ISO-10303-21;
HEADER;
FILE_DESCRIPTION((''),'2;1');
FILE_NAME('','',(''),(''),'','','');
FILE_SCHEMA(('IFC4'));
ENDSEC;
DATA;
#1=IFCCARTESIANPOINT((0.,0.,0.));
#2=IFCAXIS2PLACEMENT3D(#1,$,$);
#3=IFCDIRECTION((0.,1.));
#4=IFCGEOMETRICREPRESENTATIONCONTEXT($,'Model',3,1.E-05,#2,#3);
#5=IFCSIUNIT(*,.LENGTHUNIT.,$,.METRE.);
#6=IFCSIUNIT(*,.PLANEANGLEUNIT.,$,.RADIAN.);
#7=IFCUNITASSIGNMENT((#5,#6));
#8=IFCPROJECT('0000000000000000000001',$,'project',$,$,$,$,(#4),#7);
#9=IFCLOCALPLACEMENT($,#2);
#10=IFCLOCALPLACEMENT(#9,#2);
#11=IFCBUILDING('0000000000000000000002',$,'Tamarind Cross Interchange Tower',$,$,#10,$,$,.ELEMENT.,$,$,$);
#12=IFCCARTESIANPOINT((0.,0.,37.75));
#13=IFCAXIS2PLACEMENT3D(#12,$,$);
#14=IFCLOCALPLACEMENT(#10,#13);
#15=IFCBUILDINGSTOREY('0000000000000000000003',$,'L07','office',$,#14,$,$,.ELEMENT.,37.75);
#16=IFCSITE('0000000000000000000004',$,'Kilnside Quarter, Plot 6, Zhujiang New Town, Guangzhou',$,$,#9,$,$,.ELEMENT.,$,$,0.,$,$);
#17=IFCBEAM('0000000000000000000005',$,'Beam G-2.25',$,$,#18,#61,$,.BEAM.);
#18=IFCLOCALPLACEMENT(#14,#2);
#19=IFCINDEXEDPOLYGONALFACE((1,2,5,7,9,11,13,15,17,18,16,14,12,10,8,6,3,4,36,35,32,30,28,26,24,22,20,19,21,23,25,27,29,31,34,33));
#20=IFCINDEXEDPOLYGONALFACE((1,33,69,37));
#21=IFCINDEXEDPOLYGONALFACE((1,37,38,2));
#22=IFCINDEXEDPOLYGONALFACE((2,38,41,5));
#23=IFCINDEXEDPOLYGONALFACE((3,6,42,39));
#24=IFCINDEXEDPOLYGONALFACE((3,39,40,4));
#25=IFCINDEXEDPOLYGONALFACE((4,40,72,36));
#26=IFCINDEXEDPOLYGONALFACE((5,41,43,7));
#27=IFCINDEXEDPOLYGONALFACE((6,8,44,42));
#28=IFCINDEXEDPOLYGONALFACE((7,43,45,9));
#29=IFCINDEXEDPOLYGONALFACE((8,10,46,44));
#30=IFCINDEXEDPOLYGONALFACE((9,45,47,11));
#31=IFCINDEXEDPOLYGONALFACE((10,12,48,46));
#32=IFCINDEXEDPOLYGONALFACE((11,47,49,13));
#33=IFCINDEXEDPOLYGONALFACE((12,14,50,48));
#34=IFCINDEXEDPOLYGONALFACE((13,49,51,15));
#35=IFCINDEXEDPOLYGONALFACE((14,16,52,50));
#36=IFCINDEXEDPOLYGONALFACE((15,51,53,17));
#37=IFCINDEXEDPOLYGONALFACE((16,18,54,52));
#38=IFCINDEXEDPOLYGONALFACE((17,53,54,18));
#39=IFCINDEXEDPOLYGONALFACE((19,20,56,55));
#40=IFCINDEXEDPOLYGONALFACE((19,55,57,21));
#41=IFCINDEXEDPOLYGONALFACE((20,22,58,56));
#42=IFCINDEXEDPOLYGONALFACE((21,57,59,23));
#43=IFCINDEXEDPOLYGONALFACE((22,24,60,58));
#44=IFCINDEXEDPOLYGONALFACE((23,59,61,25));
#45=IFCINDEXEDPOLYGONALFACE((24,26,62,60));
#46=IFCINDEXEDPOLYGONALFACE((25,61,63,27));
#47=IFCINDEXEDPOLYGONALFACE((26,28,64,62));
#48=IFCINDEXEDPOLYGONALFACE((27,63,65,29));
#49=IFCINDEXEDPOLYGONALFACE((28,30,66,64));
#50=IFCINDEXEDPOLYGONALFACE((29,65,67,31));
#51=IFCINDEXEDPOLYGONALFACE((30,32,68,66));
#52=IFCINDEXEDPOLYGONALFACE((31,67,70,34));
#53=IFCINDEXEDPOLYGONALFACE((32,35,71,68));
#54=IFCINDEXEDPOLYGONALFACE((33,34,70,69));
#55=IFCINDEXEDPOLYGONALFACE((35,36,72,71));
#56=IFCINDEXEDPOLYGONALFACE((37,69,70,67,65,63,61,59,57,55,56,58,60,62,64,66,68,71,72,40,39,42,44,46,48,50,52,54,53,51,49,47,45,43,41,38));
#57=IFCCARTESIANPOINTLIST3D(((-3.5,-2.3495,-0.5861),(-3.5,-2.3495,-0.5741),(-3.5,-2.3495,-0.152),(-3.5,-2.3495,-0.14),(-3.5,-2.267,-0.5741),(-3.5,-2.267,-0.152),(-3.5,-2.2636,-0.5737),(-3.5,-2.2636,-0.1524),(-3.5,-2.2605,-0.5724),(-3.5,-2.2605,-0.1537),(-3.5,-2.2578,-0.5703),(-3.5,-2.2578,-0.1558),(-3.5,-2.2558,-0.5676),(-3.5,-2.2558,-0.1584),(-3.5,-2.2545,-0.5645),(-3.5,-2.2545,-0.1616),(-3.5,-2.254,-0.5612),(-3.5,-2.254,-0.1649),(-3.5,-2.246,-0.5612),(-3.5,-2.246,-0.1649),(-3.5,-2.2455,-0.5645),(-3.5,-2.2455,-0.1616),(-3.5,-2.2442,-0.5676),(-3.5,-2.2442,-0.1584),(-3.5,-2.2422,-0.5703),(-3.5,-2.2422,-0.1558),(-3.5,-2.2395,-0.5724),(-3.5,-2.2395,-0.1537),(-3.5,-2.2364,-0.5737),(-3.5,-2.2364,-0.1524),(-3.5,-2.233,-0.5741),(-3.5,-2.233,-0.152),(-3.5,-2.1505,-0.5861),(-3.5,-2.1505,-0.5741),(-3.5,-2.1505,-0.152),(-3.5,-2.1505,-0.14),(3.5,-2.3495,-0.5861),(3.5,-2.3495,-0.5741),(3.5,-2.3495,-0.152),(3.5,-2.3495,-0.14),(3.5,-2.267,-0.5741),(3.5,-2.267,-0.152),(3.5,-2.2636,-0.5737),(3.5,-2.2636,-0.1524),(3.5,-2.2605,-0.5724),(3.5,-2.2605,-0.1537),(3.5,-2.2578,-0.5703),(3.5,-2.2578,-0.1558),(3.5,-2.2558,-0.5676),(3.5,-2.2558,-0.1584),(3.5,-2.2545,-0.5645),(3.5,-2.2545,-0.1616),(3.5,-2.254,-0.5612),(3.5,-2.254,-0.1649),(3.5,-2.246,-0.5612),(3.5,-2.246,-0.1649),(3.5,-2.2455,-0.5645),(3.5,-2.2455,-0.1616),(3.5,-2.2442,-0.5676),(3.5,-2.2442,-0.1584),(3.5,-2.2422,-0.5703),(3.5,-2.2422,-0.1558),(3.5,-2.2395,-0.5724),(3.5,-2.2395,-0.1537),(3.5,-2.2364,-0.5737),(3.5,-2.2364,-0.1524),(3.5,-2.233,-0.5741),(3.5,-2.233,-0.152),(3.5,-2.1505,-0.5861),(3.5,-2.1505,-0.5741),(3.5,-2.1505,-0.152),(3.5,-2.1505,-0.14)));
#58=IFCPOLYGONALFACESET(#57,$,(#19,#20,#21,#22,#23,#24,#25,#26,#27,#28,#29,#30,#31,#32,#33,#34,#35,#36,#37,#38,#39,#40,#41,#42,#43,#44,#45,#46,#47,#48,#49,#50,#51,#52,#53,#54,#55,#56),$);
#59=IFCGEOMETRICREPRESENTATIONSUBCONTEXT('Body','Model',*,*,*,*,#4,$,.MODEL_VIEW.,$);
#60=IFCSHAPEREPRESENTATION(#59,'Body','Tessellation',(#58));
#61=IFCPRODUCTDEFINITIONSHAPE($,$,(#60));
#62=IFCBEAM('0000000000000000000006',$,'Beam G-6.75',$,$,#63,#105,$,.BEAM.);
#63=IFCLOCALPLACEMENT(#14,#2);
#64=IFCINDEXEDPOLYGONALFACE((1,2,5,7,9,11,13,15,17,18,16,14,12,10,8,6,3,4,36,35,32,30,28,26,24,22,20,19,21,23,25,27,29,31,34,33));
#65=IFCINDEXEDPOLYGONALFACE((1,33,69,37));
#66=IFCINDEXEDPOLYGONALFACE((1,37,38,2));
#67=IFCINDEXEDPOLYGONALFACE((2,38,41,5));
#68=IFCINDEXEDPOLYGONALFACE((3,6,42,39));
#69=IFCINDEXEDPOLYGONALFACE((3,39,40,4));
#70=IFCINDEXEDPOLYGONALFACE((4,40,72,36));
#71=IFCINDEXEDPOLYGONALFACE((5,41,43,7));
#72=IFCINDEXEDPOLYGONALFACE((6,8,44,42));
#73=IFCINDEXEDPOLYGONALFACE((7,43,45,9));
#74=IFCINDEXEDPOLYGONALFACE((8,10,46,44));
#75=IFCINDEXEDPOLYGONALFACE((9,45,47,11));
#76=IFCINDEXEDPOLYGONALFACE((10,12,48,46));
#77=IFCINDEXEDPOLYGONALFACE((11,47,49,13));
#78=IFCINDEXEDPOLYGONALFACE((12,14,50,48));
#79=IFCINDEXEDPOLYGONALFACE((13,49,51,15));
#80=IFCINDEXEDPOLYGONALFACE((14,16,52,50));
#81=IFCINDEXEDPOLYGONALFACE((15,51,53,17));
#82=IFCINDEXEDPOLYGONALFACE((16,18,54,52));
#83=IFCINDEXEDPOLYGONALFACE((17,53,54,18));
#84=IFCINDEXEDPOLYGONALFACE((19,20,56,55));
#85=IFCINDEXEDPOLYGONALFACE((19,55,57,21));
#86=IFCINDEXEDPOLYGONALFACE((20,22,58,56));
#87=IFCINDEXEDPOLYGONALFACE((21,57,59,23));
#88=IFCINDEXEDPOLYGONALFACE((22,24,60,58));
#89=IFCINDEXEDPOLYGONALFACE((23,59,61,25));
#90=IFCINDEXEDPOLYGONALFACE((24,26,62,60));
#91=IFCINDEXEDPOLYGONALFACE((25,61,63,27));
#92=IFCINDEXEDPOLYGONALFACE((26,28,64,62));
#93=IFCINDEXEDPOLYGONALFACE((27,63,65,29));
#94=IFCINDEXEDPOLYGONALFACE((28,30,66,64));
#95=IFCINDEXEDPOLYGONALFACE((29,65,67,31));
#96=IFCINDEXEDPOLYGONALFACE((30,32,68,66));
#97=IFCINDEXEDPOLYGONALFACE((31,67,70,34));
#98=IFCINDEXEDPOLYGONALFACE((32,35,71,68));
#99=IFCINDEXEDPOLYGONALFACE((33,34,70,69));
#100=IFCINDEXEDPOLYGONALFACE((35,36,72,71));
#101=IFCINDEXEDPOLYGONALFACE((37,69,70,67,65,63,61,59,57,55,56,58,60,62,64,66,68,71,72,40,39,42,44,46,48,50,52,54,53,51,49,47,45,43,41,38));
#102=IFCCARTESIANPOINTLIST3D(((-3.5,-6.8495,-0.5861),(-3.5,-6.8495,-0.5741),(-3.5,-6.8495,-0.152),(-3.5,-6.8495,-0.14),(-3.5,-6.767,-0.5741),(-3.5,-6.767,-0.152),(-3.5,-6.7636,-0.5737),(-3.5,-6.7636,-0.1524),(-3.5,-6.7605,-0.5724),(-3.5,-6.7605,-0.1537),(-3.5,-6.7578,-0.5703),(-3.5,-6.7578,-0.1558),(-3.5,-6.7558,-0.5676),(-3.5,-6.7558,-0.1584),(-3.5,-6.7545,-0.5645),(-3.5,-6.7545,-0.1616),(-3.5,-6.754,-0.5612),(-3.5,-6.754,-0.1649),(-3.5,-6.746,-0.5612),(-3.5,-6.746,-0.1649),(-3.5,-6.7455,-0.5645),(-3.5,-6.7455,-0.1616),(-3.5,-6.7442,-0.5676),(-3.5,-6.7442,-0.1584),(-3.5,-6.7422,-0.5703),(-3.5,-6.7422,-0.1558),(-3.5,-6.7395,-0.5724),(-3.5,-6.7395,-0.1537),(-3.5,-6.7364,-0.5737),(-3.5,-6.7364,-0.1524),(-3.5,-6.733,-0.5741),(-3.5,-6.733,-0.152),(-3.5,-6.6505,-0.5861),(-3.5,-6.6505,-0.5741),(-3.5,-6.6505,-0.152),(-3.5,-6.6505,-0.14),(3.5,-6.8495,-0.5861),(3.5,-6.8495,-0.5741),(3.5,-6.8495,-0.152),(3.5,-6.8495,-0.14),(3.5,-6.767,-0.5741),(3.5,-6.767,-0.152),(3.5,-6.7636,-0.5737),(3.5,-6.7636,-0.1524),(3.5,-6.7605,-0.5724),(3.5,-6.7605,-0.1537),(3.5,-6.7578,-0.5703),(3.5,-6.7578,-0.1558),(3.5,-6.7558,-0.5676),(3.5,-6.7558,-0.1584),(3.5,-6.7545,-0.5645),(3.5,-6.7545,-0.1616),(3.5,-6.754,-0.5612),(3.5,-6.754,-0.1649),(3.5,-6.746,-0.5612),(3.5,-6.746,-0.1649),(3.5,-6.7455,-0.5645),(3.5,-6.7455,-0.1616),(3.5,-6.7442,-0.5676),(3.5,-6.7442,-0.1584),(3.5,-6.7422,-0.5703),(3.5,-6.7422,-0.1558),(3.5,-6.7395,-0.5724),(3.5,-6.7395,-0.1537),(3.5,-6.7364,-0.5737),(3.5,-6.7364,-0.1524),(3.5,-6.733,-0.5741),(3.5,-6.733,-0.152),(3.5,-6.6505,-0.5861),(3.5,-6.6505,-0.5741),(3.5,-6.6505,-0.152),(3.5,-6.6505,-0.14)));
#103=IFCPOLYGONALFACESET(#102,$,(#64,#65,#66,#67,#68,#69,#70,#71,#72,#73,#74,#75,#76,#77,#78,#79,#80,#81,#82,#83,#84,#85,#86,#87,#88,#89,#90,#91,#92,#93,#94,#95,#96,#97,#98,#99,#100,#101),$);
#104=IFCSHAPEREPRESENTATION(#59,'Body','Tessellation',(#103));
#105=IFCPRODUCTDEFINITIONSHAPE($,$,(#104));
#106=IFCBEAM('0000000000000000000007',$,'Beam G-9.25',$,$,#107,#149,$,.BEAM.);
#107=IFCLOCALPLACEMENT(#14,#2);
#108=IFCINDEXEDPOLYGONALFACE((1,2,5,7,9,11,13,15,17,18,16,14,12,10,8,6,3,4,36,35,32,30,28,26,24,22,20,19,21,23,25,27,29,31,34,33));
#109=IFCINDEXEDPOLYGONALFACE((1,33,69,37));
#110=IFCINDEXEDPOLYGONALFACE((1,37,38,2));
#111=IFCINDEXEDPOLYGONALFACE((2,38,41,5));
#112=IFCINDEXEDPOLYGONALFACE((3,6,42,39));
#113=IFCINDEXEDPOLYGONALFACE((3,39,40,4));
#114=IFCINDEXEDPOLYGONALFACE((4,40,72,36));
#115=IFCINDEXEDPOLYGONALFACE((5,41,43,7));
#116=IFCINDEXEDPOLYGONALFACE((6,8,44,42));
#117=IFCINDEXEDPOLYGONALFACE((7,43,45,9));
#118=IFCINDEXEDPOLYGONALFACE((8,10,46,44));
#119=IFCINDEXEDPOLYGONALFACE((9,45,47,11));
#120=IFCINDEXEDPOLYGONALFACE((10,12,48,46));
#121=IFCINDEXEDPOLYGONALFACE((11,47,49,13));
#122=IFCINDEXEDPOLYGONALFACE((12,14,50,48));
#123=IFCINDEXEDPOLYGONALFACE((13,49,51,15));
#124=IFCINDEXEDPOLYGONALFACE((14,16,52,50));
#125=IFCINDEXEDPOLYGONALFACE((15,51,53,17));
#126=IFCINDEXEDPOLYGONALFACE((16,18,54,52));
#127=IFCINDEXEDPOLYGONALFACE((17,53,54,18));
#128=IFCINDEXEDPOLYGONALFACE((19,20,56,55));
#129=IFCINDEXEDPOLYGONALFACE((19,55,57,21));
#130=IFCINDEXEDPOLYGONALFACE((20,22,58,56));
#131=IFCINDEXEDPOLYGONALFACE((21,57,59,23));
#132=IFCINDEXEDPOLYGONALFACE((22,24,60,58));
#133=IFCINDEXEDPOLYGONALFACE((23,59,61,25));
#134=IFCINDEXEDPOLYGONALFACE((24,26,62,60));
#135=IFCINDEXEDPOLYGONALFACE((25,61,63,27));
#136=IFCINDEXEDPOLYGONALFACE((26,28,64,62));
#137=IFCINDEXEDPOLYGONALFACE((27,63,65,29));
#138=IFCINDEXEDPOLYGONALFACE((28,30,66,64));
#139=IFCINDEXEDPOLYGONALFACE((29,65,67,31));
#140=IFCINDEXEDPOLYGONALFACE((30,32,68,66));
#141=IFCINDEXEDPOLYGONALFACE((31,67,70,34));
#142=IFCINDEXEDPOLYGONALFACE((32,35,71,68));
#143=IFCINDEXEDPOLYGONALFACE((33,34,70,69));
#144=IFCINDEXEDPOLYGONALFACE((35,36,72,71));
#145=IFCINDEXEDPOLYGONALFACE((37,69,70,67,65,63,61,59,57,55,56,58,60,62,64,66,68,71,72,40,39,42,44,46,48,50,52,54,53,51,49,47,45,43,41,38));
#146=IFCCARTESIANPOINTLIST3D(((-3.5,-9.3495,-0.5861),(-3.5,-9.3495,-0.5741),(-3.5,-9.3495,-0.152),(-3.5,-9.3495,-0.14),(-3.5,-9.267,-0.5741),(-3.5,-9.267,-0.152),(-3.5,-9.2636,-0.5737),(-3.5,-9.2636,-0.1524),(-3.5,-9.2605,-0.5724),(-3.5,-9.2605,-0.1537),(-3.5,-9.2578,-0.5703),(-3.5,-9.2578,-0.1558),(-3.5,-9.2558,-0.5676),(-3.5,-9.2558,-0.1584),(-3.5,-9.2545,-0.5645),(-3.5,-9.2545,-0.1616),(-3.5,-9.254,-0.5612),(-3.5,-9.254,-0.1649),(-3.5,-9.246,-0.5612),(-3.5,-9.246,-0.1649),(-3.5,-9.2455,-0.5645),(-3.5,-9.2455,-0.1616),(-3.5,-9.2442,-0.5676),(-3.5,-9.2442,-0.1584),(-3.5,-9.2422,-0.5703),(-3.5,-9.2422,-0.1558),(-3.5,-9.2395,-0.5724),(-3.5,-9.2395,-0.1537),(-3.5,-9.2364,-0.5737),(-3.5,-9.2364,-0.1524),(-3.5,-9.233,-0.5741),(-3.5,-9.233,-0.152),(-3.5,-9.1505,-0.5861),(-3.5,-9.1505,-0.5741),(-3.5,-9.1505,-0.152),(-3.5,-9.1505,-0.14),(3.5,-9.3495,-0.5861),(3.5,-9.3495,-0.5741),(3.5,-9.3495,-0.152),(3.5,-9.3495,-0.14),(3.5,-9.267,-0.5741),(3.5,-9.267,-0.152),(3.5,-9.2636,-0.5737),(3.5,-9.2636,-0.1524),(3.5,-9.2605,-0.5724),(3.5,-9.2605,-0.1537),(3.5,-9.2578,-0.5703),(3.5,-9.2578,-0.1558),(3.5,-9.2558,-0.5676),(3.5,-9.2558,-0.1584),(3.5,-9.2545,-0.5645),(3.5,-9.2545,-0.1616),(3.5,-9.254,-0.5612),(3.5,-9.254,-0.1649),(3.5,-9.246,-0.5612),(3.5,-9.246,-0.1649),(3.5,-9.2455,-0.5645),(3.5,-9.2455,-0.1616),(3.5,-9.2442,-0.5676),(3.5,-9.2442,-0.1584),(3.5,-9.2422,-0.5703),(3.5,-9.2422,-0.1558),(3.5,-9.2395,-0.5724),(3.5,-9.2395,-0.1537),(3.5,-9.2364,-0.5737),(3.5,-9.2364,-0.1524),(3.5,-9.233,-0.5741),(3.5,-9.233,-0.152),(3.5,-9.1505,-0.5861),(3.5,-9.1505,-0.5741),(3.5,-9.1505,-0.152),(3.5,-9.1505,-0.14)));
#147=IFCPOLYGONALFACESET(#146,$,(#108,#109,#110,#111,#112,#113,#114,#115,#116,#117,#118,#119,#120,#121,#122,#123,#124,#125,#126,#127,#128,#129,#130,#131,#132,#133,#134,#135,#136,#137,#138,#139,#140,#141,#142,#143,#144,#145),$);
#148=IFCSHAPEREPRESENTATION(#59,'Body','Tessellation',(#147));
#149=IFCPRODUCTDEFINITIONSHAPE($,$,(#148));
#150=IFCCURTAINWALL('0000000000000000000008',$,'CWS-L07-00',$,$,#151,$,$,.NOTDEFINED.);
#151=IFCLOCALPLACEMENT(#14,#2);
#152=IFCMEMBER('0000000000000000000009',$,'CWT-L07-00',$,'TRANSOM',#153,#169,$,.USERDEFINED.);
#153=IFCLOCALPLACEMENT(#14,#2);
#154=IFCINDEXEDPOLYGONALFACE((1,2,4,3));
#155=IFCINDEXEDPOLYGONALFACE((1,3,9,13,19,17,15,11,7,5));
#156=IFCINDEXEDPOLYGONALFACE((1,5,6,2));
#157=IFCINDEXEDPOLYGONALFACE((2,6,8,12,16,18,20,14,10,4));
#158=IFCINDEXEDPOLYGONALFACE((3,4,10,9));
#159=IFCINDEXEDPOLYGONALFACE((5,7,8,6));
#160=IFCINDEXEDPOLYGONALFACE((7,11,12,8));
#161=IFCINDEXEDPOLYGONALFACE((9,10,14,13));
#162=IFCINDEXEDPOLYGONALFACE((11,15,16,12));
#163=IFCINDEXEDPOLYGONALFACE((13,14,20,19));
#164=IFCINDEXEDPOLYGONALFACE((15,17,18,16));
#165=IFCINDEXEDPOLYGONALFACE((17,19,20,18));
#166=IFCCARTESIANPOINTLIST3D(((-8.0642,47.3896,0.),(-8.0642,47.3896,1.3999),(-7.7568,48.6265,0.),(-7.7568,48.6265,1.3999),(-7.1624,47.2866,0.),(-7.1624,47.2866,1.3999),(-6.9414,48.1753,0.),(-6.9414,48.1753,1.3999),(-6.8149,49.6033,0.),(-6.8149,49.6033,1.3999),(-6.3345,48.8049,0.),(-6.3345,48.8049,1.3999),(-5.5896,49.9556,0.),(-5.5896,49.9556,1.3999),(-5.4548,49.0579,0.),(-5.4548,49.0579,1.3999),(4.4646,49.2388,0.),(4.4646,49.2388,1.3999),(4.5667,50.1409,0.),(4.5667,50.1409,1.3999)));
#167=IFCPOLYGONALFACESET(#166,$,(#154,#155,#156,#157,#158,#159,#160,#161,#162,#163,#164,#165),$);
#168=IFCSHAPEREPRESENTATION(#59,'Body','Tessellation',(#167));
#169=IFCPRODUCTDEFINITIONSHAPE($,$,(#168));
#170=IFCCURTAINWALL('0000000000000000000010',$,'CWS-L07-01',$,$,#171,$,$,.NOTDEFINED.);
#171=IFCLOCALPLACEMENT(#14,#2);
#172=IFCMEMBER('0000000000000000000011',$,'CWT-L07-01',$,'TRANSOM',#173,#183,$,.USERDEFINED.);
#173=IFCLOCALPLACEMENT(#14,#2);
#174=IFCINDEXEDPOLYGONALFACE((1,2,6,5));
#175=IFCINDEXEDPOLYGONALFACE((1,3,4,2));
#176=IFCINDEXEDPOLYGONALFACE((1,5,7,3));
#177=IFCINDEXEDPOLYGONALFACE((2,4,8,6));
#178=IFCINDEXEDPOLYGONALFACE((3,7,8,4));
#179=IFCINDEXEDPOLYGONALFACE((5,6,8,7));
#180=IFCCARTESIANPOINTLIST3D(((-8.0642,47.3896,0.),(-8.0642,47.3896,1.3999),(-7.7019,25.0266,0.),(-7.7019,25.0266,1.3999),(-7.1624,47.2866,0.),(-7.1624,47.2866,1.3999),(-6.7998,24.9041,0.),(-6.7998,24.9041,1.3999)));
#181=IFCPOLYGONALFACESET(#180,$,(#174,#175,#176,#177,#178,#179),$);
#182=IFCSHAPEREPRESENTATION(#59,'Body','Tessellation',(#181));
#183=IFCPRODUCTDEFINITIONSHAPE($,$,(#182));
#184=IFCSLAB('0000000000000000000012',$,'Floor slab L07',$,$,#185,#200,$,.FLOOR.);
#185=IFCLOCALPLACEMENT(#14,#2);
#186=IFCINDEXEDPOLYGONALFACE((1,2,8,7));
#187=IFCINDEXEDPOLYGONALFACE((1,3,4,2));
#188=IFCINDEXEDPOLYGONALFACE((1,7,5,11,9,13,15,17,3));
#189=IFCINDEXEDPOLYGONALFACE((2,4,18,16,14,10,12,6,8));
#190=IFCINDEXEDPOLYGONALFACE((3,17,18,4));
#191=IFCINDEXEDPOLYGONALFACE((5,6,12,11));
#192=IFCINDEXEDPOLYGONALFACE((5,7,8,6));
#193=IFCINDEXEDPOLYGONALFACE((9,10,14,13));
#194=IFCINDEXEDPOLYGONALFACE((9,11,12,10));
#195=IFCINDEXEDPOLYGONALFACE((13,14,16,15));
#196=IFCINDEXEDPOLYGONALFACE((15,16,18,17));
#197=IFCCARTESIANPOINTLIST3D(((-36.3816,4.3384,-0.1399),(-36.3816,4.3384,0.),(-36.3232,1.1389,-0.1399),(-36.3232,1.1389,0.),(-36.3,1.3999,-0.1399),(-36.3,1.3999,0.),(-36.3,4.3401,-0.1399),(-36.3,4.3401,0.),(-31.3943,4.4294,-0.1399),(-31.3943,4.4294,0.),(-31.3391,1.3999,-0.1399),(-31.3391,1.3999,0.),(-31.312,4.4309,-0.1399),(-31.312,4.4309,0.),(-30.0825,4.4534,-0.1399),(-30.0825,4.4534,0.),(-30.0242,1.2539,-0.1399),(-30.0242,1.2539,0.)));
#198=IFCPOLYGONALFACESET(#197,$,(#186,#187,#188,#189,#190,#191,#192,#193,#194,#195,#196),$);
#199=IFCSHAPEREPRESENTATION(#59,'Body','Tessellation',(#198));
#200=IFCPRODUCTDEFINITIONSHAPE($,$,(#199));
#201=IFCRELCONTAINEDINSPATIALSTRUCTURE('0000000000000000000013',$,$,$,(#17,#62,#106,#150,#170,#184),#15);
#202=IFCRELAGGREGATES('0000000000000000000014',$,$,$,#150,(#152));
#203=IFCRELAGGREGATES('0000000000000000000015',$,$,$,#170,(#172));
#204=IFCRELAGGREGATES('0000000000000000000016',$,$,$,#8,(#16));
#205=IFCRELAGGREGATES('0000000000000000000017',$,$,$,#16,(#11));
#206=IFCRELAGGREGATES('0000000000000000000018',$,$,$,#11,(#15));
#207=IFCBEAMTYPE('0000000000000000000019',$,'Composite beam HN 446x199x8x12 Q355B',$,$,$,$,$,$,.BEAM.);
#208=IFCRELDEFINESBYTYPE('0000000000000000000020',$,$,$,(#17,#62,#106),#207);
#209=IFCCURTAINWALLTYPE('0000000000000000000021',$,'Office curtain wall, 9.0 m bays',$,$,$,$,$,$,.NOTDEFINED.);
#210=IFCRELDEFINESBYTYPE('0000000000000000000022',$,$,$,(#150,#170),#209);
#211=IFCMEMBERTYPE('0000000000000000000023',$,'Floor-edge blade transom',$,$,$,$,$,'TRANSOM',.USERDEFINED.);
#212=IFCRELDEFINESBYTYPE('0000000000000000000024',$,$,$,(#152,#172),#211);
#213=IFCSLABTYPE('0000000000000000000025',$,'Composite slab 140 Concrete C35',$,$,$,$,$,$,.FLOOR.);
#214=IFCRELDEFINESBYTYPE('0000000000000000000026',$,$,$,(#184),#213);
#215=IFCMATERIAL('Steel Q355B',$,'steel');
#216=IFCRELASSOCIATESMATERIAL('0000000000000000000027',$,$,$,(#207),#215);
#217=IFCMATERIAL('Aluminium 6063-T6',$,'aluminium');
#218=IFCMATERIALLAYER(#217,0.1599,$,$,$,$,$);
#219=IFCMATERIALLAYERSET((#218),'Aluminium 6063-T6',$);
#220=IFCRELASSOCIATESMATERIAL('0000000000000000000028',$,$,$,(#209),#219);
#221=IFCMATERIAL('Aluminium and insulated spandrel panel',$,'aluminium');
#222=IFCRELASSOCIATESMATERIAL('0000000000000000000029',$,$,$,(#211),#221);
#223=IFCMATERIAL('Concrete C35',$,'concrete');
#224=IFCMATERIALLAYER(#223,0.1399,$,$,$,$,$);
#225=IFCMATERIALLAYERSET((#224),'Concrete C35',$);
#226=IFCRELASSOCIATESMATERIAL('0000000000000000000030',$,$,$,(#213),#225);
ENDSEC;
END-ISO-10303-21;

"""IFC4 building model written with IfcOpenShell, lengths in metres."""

from ifc_helpers import new_model, si_unit, direction, frame, origin, origin_2d, place, context, subcontext, project, spatial, polyline, i_section, outline, extrude, material, layer, layer_set, material_profile, profile_set, type_object, element, aggregate, save


model = new_model("IFC4")

# Units and contexts
model_context = context("Model", 3, precision=1e-05, world=origin(), true_north=direction((0.0, 1.0)))
body_context = subcontext(model_context, "Body", "Model", "MODEL_VIEW")
ifc_project = project(units=[si_unit("LENGTHUNIT", "METRE"), si_unit("PLANEANGLEUNIT", "RADIAN")], contexts=[model_context])

# Site, building, storey
site_placement = place(None, origin())
site = spatial("IfcSite", under=ifc_project, at=site_placement, Name="Kilnside Quarter, Plot 6, Zhujiang New Town, Guangzhou", CompositionType="ELEMENT", RefElevation=0.0)
building_placement = place(site_placement, origin())
building = spatial("IfcBuilding", under=site, at=building_placement, Name="Tamarind Cross Interchange Tower", CompositionType="ELEMENT")
storey_placement = place(building_placement, frame((0.0, 0.0, 37.75)))
storey = spatial("IfcBuildingStorey", under=building, at=storey_placement, Name="L07", Description="office", CompositionType="ELEMENT", Elevation=37.75)

# Beams
ifc_material_1 = material(Name="Steel Q355B", Category="steel")
ifc_material_profile = material_profile(ifc_material_1, i_section(OverallWidth=0.199, OverallDepth=0.446, WebThickness=0.0081, FlangeThickness=0.012, FilletRadius=0.0129, at=origin_2d()), Name="HN 446x199x8x12")
ifc_profile_set = profile_set([ifc_material_profile], Name="Steel Q355B")
beam_type = type_object("IfcBeamType", Name="Composite beam HN 446x199x8x12 Q355B", PredefinedType="BEAM", material=ifc_profile_set)
for number, where, z_axis, x_axis, name in (
    (1, (-3.5, -2.25, -0.363), (1.0, 0.0, 0.0), (0.0, 1.0, 0.0), "Beam G-2.25"),
    (2, (-3.5, -6.75, -0.363), (1.0, 0.0, 0.0), (0.0, 1.0, 0.0), "Beam G-6.75"),
    (3, (-3.5, -9.25, -0.363), (1.0, 0.0, 0.0), (0.0, 1.0, 0.0), "Beam G-9.25"),
):
    element("IfcBeam", number, at=place(storey_placement, frame(where, z_axis=z_axis, x_axis=x_axis)), inside=storey, type_object=beam_type, Name=name, PredefinedType="BEAM", context=body_context, shape_type="SweptSolid", body=[
        extrude(i_section(OverallWidth=0.199, OverallDepth=0.446, WebThickness=0.0081, FlangeThickness=0.012, FilletRadius=0.0129, at=origin_2d()), origin(), (0.0, 0.0, 1.0), 7.0),
    ])

# Curtain walls, members
ifc_material_2 = material(Name="Aluminium 6063-T6", Category="aluminium")
ifc_layer_1 = layer(ifc_material_2, 0.1599)
ifc_layer_set_1 = layer_set([ifc_layer_1], Name="Aluminium 6063-T6")
curtain_wall_type = type_object("IfcCurtainWallType", Name="Office curtain wall, 9.0 m bays", PredefinedType="NOTDEFINED", material=ifc_layer_set_1)
curtain_wall_1_placement = place(storey_placement, origin())
curtain_wall_1 = element("IfcCurtainWall", 4, at=curtain_wall_1_placement, inside=storey, type_object=curtain_wall_type, Name="CWS-L07-00", PredefinedType="NOTDEFINED")
ifc_material_3 = material(Name="Aluminium and insulated spandrel panel", Category="aluminium")
member_type = type_object("IfcMemberType", Name="Floor-edge blade transom", ElementType="TRANSOM", PredefinedType="USERDEFINED", material=ifc_material_3)
member_1_placement = place(storey_placement, origin())
member_1 = element("IfcMember", 5, at=member_1_placement, type_object=member_type, Name="CWT-L07-00", ObjectType="TRANSOM", PredefinedType="USERDEFINED", context=body_context, shape_type="SweptSolid", body=[
    extrude(outline(polyline([(4.4646, 49.2388), (-5.4548, 49.0579), (-6.3345, 48.8049), (-6.9414, 48.1753), (-7.1624, 47.2866), (-8.0642, 47.3896), (-7.7568, 48.6265), (-6.8149, 49.6033), (-5.5896, 49.9556), (4.5667, 50.1409), (4.4646, 49.2388)])), origin(), (0.0, 0.0, 1.0), 1.3999),
])
curtain_wall_2_placement = place(storey_placement, origin())
curtain_wall_2 = element("IfcCurtainWall", 6, at=curtain_wall_2_placement, inside=storey, type_object=curtain_wall_type, Name="CWS-L07-01", PredefinedType="NOTDEFINED")
member_2_placement = place(storey_placement, origin())
member_2 = element("IfcMember", 7, at=member_2_placement, type_object=member_type, Name="CWT-L07-01", ObjectType="TRANSOM", PredefinedType="USERDEFINED", context=body_context, shape_type="SweptSolid", body=[
    extrude(outline(polyline([(-7.1624, 47.2866), (-6.7998, 24.9041), (-7.7019, 25.0266), (-8.0642, 47.3896), (-7.1624, 47.2866)])), origin(), (0.0, 0.0, 1.0), 1.3999),
])

# Slab
ifc_material_4 = material(Name="Concrete C35", Category="concrete")
ifc_layer_2 = layer(ifc_material_4, 0.1399)
ifc_layer_set_2 = layer_set([ifc_layer_2], Name="Concrete C35")
slab_type = type_object("IfcSlabType", Name="Composite slab 140 Concrete C35", PredefinedType="FLOOR", material=ifc_layer_set_2)
slab_1_placement = place(storey_placement, frame((0.0, 0.0, -0.1399)))
element("IfcSlab", 8, at=slab_1_placement, inside=storey, type_object=slab_type, Name="Floor slab L07", PredefinedType="FLOOR", context=body_context, shape_type="SweptSolid", body=[
    extrude(outline(polyline([(-36.3, 1.3999), (-36.3, 4.3401), (-36.3816, 4.3384), (-36.3232, 1.1389), (-30.0242, 1.2539), (-30.0825, 4.4534), (-31.312, 4.4309), (-31.3943, 4.4294), (-31.3391, 1.3999), (-36.3, 1.3999)])), origin(), (0.0, 0.0, 1.0), 0.1399),
])

aggregate(curtain_wall_1, [member_1])
aggregate(curtain_wall_2, [member_2])

save(model, "model.ifc")
